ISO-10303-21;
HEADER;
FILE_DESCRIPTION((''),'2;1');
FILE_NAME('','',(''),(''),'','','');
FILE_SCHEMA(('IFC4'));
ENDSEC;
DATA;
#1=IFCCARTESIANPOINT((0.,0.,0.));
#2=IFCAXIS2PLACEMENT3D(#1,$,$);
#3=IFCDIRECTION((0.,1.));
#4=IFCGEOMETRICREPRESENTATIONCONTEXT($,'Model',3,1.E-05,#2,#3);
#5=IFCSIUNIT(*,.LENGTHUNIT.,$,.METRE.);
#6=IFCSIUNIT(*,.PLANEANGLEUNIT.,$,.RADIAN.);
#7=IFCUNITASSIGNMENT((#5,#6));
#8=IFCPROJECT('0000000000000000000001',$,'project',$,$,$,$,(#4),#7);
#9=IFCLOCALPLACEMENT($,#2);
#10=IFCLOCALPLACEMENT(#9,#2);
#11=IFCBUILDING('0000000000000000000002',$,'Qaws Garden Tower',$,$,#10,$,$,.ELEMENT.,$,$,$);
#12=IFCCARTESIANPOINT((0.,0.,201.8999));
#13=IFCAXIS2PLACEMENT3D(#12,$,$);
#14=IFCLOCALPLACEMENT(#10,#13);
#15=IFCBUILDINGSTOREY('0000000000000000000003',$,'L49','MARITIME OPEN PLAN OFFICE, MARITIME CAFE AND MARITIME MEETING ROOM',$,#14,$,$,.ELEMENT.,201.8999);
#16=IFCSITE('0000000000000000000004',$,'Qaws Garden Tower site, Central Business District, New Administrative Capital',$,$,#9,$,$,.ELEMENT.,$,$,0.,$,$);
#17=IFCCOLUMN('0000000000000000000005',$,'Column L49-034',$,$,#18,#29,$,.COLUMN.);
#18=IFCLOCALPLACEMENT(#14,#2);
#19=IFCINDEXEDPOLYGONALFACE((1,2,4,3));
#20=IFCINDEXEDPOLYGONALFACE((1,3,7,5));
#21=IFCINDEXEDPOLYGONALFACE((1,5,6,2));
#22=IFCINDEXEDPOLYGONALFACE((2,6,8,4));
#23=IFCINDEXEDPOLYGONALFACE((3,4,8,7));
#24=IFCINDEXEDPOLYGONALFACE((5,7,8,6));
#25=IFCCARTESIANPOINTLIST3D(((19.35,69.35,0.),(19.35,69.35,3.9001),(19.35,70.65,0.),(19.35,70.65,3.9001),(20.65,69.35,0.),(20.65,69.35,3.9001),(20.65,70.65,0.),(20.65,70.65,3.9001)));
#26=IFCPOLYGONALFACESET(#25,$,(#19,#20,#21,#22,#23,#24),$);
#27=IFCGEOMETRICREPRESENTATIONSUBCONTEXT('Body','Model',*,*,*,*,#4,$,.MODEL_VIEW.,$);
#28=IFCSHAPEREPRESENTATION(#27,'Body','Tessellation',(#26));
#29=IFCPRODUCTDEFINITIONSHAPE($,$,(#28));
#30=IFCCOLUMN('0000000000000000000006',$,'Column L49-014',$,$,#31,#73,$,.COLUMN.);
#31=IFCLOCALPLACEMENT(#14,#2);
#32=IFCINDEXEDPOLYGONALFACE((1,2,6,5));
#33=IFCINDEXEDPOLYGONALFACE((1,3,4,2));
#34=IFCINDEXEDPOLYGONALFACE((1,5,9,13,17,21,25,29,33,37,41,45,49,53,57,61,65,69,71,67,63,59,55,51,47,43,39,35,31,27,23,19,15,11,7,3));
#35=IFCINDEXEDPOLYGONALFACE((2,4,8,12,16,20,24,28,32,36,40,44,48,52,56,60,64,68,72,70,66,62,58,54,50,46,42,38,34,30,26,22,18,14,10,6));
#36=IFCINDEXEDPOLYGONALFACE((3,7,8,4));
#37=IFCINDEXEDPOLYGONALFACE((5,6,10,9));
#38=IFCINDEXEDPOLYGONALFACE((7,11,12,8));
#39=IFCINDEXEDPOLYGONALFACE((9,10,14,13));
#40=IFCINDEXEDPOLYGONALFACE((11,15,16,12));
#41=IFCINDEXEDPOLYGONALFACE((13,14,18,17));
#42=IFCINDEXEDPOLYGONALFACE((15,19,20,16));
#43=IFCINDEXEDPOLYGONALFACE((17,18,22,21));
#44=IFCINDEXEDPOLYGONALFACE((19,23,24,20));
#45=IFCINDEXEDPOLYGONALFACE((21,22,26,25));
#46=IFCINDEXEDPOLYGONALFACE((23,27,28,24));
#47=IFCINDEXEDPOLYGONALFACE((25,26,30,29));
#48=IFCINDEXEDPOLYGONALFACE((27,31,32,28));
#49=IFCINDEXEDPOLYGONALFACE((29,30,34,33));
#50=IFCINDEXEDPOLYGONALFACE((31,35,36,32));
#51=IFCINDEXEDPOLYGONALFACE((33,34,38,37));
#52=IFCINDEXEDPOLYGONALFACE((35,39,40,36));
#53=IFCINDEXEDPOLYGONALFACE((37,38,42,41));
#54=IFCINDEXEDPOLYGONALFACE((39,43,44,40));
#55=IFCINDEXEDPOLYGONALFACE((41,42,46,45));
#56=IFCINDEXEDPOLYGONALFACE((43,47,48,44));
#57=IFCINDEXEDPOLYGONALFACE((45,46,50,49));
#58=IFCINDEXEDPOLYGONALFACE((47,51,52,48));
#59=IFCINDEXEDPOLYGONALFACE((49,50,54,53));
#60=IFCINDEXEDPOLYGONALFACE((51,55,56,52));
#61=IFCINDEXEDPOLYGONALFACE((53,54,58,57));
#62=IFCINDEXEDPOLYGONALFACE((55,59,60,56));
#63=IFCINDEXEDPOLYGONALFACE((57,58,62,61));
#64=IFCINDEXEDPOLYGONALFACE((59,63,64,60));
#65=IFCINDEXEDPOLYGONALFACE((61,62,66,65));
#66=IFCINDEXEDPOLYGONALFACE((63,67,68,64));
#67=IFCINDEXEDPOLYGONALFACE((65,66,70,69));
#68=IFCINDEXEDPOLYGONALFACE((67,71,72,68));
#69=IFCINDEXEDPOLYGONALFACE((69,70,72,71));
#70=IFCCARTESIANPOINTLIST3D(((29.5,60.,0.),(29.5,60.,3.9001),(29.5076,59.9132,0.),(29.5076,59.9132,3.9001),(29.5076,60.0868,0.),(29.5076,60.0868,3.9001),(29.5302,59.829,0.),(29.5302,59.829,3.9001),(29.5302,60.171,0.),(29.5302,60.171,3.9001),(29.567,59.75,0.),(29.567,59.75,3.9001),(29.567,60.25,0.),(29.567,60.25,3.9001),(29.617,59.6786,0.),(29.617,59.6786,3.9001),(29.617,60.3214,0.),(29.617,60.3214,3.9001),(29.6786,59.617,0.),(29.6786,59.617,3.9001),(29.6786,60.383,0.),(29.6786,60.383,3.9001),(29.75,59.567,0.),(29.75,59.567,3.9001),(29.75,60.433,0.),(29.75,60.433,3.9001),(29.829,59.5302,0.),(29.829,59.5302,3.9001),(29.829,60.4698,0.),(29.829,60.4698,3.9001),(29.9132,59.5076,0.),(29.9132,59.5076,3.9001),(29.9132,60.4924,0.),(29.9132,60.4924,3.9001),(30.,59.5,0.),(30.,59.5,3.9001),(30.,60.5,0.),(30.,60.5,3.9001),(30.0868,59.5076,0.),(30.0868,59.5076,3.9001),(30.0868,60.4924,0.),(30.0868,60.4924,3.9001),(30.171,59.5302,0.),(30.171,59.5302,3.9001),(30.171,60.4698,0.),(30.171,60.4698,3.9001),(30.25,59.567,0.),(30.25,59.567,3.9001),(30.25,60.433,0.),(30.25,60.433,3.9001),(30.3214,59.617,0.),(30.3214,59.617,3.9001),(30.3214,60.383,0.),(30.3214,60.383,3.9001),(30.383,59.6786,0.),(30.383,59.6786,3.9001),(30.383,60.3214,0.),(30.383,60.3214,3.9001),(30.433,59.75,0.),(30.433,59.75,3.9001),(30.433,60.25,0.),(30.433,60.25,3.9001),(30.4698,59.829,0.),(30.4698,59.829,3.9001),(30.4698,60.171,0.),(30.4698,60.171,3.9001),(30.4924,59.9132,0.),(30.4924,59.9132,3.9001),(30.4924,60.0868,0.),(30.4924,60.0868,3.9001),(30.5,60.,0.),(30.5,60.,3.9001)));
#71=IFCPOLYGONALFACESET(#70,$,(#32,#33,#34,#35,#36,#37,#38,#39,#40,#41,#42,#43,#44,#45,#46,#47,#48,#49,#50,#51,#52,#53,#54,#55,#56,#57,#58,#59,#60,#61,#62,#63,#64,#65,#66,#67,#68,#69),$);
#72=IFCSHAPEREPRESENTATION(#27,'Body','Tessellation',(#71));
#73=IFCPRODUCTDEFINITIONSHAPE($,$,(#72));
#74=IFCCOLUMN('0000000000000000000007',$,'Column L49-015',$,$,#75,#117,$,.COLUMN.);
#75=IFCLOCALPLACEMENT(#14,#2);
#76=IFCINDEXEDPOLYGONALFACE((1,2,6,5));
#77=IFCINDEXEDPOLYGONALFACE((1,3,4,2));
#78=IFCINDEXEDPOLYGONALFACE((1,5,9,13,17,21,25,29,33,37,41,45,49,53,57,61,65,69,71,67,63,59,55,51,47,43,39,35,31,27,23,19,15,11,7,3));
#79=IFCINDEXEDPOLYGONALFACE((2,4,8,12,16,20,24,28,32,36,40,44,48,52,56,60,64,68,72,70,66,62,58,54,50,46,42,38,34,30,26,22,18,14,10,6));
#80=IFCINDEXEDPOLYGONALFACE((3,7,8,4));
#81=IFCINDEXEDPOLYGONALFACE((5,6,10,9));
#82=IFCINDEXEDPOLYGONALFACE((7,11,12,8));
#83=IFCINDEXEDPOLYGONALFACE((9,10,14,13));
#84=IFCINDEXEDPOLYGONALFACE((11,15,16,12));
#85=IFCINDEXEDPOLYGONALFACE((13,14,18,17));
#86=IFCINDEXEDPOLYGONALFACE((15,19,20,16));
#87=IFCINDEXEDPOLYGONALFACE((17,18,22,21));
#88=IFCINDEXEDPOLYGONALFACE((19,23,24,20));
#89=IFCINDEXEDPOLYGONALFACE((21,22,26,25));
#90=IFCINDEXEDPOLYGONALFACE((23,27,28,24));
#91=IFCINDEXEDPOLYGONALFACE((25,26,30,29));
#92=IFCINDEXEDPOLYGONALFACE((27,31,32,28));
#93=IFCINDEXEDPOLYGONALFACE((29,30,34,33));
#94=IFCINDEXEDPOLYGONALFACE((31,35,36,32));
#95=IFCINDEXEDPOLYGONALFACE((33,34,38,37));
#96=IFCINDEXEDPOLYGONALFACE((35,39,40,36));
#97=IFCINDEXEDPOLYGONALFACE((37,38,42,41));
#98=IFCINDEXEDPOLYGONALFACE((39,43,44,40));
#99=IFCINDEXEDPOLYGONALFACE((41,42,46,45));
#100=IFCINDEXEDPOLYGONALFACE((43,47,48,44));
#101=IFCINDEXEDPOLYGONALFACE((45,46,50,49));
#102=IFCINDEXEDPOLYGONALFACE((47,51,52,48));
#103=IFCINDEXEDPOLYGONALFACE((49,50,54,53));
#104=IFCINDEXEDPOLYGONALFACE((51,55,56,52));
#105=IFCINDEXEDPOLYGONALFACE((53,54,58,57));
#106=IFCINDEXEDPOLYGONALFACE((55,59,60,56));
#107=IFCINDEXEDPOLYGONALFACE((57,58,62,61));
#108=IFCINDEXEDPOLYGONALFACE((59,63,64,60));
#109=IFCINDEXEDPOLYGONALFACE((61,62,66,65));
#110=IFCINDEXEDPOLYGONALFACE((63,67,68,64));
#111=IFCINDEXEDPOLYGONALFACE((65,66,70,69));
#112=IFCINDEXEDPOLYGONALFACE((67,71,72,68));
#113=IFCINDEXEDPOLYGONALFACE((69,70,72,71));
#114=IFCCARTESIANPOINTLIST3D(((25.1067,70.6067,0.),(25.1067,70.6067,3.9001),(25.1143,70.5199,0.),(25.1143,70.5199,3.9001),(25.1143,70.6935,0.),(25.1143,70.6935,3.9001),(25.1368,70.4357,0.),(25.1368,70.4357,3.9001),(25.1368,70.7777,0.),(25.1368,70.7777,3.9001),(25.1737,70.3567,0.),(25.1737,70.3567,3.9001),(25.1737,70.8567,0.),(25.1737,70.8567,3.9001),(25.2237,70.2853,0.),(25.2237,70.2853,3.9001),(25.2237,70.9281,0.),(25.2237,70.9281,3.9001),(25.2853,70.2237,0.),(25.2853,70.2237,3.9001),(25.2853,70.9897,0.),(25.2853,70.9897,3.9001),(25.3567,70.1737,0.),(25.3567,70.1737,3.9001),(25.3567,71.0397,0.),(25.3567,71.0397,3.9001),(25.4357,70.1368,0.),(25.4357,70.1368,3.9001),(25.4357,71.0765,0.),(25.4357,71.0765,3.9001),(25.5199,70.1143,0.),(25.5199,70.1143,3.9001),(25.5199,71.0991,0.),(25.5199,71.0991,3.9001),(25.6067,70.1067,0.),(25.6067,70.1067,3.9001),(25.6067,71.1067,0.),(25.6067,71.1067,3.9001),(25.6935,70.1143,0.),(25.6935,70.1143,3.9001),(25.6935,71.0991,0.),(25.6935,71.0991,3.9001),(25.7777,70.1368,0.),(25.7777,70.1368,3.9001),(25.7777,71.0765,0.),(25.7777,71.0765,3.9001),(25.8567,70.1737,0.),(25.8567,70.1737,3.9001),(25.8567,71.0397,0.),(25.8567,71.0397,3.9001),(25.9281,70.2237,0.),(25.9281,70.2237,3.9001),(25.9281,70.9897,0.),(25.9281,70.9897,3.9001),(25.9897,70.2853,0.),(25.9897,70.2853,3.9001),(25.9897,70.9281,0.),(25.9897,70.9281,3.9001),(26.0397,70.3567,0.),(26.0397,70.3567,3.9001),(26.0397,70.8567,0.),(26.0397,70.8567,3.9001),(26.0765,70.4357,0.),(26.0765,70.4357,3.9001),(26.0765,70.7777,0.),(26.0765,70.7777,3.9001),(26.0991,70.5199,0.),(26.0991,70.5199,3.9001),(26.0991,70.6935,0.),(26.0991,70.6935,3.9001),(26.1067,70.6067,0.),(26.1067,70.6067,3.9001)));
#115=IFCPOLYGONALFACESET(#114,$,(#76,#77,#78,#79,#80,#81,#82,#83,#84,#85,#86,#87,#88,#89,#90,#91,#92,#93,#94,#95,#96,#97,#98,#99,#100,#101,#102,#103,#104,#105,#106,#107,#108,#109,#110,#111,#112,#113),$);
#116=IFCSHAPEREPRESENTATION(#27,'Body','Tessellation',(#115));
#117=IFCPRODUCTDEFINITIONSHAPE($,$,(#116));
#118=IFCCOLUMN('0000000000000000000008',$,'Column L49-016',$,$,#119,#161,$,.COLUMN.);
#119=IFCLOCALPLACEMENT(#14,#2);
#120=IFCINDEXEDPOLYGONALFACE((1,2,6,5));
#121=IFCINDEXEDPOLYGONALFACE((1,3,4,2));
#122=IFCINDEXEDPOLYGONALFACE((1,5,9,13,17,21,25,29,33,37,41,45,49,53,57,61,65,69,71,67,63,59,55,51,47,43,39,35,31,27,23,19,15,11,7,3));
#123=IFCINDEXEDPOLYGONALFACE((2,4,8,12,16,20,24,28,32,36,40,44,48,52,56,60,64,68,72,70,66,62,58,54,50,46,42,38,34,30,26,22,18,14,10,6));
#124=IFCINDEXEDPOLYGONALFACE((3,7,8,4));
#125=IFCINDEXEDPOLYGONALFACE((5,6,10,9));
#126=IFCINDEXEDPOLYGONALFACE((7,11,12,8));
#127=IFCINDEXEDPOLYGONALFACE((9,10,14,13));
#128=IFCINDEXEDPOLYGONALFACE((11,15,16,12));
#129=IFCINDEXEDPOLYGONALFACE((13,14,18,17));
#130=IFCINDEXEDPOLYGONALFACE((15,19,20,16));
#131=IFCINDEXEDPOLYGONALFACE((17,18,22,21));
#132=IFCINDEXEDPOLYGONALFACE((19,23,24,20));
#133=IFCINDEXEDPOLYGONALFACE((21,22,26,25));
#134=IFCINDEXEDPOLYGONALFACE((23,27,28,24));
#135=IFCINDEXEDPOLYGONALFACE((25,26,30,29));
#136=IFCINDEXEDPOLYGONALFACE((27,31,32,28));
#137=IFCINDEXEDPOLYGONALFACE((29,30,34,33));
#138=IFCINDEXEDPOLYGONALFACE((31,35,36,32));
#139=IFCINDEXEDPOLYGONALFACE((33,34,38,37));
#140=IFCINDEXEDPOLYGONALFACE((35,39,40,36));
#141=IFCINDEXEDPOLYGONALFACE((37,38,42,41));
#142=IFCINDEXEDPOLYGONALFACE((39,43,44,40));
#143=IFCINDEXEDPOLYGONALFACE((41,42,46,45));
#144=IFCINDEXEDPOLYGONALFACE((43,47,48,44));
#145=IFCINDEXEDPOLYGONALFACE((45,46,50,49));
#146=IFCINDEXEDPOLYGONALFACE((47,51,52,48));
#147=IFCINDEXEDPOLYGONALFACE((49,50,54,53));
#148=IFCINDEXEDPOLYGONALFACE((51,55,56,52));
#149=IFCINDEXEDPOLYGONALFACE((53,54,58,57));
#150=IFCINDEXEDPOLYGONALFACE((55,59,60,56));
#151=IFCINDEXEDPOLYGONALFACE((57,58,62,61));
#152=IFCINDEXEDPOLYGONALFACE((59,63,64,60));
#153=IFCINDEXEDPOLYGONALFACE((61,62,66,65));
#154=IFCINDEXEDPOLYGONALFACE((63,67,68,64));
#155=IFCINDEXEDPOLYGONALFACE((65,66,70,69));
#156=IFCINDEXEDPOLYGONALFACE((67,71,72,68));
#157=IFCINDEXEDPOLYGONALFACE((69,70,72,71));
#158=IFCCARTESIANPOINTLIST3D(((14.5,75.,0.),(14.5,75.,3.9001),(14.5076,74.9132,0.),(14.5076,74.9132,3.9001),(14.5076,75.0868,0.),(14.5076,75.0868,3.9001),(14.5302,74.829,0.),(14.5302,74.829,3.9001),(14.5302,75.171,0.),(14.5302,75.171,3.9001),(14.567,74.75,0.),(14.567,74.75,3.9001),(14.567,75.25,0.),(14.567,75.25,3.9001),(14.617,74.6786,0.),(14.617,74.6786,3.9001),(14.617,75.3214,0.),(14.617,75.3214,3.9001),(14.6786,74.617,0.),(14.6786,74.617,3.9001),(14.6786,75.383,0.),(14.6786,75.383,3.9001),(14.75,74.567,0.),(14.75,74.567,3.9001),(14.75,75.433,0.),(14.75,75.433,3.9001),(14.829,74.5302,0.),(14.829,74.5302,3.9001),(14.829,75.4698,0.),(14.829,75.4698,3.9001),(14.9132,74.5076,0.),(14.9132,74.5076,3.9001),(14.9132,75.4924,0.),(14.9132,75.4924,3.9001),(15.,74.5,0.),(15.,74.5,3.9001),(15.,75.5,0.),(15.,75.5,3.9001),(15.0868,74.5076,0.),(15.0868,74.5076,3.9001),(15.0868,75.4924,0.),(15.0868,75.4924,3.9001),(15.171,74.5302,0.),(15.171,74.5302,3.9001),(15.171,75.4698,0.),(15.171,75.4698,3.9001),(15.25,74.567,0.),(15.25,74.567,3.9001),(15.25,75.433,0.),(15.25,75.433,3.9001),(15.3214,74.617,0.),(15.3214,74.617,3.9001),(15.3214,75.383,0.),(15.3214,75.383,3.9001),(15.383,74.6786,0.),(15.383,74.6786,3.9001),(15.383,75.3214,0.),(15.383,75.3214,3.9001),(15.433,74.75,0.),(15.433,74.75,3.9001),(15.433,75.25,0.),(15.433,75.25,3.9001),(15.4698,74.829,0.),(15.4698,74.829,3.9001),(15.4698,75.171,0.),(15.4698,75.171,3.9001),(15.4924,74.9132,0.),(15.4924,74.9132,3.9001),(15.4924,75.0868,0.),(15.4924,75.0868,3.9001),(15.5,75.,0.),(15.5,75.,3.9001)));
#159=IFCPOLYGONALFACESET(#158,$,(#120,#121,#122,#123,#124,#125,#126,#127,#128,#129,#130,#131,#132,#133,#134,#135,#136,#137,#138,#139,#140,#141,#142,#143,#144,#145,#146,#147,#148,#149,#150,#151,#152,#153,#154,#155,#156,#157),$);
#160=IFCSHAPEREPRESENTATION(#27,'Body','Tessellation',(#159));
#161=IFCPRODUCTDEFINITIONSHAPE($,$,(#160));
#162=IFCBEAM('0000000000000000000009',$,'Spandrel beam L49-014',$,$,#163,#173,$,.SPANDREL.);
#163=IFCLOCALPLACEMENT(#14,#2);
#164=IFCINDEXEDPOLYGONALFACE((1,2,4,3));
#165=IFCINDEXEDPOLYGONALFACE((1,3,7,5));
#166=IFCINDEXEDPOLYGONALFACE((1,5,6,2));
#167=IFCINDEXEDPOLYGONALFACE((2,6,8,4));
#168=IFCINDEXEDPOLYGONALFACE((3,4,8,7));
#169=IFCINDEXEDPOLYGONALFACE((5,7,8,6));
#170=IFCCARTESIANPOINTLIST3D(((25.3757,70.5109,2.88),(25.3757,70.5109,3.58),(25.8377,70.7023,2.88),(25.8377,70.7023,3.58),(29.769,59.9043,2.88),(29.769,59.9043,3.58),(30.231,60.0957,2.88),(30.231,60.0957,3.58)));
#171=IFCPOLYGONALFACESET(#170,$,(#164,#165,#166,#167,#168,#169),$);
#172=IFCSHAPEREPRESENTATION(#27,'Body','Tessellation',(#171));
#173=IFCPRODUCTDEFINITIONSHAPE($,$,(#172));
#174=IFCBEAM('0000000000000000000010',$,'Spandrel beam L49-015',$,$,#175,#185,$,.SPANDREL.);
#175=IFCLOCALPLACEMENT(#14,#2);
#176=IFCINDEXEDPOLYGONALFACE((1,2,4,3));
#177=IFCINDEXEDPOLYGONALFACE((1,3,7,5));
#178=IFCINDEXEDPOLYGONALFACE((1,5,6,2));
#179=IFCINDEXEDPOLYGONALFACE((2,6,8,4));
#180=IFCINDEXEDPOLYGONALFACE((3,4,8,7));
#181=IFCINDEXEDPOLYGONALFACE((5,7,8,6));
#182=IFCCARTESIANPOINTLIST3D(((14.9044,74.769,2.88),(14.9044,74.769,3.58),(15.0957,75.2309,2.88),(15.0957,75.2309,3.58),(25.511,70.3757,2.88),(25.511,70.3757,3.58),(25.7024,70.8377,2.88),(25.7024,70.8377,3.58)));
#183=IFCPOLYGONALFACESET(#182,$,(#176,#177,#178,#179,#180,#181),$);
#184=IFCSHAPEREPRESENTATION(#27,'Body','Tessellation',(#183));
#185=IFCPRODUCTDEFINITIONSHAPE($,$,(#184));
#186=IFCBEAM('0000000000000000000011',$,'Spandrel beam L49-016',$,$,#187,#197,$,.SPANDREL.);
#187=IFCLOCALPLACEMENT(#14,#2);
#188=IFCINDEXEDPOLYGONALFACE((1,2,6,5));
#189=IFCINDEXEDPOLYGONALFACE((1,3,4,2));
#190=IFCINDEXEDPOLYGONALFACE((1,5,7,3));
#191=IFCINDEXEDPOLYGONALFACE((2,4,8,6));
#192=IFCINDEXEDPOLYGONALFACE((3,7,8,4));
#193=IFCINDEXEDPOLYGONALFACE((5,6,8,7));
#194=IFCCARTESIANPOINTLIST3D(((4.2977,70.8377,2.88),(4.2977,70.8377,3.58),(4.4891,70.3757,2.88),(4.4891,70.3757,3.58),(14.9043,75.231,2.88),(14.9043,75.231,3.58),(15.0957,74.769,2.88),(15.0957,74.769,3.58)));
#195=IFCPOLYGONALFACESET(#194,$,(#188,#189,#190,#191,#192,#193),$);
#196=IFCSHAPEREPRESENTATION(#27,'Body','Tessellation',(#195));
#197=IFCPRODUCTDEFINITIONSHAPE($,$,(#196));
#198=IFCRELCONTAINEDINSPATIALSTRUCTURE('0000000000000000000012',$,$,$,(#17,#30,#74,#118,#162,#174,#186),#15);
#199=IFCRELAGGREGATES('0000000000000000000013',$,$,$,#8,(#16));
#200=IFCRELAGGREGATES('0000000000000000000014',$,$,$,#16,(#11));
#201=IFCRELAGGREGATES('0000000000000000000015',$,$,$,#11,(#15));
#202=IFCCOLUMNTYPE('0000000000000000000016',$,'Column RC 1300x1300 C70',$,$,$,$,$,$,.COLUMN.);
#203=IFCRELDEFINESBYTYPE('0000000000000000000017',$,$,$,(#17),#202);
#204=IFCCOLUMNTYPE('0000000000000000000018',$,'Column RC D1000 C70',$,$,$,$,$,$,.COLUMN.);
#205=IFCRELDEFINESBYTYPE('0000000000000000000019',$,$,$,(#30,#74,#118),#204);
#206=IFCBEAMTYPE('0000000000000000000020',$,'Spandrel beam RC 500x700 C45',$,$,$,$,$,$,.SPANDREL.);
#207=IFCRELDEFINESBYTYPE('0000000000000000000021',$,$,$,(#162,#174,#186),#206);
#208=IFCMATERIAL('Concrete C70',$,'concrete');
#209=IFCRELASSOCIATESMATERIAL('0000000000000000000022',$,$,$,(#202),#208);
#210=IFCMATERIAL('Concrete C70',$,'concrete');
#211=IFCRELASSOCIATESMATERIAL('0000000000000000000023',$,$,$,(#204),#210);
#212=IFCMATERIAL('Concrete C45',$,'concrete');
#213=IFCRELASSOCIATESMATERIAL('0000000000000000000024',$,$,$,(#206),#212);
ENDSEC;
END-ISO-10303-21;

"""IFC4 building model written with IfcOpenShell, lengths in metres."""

from ifc_helpers import new_model, si_unit, direction, frame, origin, origin_2d, place, context, subcontext, project, spatial, rectangle, circle, extrude, material, material_profile, profile_set, type_object, element, save


model = new_model("IFC4")

# Units and contexts
model_context = context("Model", 3, precision=1e-05, world=origin(), true_north=direction((0.0, 1.0)))
body_context = subcontext(model_context, "Body", "Model", "MODEL_VIEW")
ifc_project = project(units=[si_unit("LENGTHUNIT", "METRE"), si_unit("PLANEANGLEUNIT", "RADIAN")], contexts=[model_context])

# Site, building, storey
site_placement = place(None, origin())
site = spatial("IfcSite", under=ifc_project, at=site_placement, Name="Qaws Garden Tower site, Central Business District, New Administrative Capital", CompositionType="ELEMENT", RefElevation=0.0)
building_placement = place(site_placement, origin())
building = spatial("IfcBuilding", under=site, at=building_placement, Name="Qaws Garden Tower", CompositionType="ELEMENT")
storey_placement = place(building_placement, frame((0.0, 0.0, 201.8999)))
storey = spatial("IfcBuildingStorey", under=building, at=storey_placement, Name="L49", Description="MARITIME OPEN PLAN OFFICE, MARITIME CAFE AND MARITIME MEETING ROOM", CompositionType="ELEMENT", Elevation=201.8999)

# Columns
ifc_material_1 = material(Name="Concrete C70", Category="concrete")
ifc_material_profile_1 = material_profile(ifc_material_1, rectangle(XDim=1.3, YDim=1.3, at=origin_2d()), Name="RC 1300x1300")
ifc_profile_set_1 = profile_set([ifc_material_profile_1], Name="Concrete C70")
column_type_1 = type_object("IfcColumnType", Name="Column RC 1300x1300 C70", PredefinedType="COLUMN", material=ifc_profile_set_1)
column_placement = place(storey_placement, frame((20.0, 70.0, 0.0), z_axis=(0.0, 0.0, 1.0), x_axis=(1.0, 0.0, 0.0)))
element("IfcColumn", 1, at=column_placement, inside=storey, type_object=column_type_1, Name="Column L49-034", PredefinedType="COLUMN", context=body_context, shape_type="SweptSolid", body=[
    extrude(rectangle(XDim=1.3, YDim=1.3, at=origin_2d()), origin(), (0.0, 0.0, 1.0), 3.9001),
])
ifc_material_2 = material(Name="Concrete C70", Category="concrete")
ifc_material_profile_2 = material_profile(ifc_material_2, circle(Radius=0.5, at=origin_2d()), Name="RC D1000")
ifc_profile_set_2 = profile_set([ifc_material_profile_2], Name="Concrete C70")
column_type_2 = type_object("IfcColumnType", Name="Column RC D1000 C70", PredefinedType="COLUMN", material=ifc_profile_set_2)
for number, where, z_axis, x_axis, name in (
    (2, (30.0, 60.0, 0.0), (0.0, 0.0, 1.0), (1.0, 0.0, 0.0), "Column L49-014"),
    (3, (25.6067, 70.6067, 0.0), (0.0, 0.0, 1.0), (1.0, 0.0, 0.0), "Column L49-015"),
    (4, (15.0, 75.0, 0.0), (0.0, 0.0, 1.0), (1.0, 0.0, 0.0), "Column L49-016"),
):
    element("IfcColumn", number, at=place(storey_placement, frame(where, z_axis=z_axis, x_axis=x_axis)), inside=storey, type_object=column_type_2, Name=name, PredefinedType="COLUMN", context=body_context, shape_type="SweptSolid", body=[
        extrude(circle(Radius=0.5, at=origin_2d()), origin(), (0.0, 0.0, 1.0), 3.9001),
    ])

# Beams
ifc_material_3 = material(Name="Concrete C45", Category="concrete")
ifc_material_profile_3 = material_profile(ifc_material_3, rectangle(XDim=0.5, YDim=0.7, at=origin_2d()), Name="RC 500x700")
ifc_profile_set_3 = profile_set([ifc_material_profile_3], Name="Concrete C45")
beam_type = type_object("IfcBeamType", Name="Spandrel beam RC 500x700 C45", PredefinedType="SPANDREL", material=ifc_profile_set_3)
for number, where, z_axis, x_axis, name in (
    (5, (30.0, 60.0, 3.23), (-0.382674, 0.923883, 0.0), (-0.923883, -0.382674, 0.0), "Spandrel beam L49-014"),
    (6, (25.6067, 70.6067, 3.23), (-0.923883, 0.382674, 0.0), (-0.382674, -0.923883, 0.0), "Spandrel beam L49-015"),
    (7, (15.0, 75.0, 3.23), (-0.923883, -0.382674, 0.0), (0.382674, -0.923883, 0.0), "Spandrel beam L49-016"),
):
    element("IfcBeam", number, at=place(storey_placement, frame(where, z_axis=z_axis, x_axis=x_axis)), inside=storey, type_object=beam_type, Name=name, PredefinedType="SPANDREL", context=body_context, shape_type="SweptSolid", body=[
        extrude(rectangle(XDim=0.5, YDim=0.7, at=origin_2d()), origin(), (0.0, 0.0, 1.0), 11.4805),
    ])

save(model, "model.ifc")
